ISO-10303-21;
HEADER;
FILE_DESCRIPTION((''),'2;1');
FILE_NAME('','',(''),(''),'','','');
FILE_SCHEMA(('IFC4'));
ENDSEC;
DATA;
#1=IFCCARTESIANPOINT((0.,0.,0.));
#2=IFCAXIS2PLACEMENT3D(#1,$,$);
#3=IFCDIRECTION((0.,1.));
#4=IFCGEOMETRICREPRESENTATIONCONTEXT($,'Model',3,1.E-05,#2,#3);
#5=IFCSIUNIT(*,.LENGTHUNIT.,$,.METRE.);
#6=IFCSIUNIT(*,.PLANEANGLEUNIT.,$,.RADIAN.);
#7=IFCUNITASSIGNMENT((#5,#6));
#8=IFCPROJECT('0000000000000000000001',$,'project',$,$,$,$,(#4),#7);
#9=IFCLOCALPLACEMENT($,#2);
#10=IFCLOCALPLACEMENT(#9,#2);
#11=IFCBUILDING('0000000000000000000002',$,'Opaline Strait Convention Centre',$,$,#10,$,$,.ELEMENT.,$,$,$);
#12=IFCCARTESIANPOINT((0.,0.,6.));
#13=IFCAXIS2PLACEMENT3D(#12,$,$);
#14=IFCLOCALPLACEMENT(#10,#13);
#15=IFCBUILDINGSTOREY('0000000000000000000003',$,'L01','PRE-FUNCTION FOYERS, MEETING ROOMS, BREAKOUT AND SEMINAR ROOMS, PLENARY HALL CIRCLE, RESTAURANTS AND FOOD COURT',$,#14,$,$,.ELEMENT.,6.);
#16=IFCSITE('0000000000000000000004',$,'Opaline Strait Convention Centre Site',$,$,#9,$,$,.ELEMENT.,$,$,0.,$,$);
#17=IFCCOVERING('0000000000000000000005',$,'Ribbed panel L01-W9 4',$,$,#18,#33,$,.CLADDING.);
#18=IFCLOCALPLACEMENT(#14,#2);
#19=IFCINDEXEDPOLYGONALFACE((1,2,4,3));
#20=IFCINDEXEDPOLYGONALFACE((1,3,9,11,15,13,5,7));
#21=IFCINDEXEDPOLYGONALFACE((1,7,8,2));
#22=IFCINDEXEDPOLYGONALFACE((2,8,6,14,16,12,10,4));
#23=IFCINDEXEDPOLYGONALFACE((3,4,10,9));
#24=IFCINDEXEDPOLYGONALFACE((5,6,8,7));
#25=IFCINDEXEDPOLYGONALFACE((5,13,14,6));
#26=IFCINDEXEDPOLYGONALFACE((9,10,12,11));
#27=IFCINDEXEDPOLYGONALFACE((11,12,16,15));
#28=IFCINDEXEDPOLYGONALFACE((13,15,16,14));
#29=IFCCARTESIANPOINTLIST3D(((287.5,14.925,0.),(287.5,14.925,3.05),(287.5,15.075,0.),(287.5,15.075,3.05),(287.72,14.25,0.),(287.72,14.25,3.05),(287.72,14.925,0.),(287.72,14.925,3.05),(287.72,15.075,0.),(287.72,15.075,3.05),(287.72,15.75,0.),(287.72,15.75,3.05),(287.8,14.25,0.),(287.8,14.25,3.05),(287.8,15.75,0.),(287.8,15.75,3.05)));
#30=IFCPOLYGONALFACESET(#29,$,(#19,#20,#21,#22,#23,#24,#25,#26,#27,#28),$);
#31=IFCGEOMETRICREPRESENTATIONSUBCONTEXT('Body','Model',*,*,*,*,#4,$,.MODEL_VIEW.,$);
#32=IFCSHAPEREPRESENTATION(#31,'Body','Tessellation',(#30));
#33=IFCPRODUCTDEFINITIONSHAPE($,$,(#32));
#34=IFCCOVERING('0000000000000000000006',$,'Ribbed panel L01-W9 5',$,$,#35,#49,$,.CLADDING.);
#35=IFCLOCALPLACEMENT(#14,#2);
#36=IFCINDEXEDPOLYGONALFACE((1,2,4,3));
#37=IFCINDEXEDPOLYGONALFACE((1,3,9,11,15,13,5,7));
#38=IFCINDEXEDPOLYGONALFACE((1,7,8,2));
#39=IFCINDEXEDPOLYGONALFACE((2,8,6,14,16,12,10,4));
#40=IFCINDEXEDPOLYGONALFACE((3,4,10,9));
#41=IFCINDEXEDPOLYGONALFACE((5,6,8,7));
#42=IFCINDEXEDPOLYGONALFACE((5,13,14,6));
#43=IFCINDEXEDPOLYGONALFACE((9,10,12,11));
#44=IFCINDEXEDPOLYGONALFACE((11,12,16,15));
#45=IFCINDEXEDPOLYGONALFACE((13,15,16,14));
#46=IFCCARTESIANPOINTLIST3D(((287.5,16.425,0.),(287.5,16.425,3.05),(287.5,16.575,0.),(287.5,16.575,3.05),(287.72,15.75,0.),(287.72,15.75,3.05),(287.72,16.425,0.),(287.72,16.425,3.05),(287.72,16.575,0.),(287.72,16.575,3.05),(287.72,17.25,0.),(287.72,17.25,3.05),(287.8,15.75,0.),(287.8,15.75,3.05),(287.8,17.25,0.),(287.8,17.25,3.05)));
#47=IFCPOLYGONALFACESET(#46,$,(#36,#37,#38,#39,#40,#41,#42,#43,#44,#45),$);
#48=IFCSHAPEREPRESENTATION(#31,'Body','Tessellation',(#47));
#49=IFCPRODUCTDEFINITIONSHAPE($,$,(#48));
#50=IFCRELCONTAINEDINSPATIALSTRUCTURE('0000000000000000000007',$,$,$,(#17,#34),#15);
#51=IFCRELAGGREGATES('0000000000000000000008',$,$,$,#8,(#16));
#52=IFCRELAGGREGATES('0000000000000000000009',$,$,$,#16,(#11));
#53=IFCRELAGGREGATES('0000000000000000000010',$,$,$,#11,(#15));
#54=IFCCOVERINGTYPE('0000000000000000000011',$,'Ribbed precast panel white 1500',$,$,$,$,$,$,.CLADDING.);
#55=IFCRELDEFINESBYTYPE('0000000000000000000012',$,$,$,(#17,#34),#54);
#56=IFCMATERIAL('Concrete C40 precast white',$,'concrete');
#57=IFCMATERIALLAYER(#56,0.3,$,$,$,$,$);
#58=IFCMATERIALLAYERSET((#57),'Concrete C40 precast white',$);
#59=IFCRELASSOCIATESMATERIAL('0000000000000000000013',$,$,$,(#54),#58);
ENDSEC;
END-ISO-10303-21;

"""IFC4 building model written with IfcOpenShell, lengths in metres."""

from ifc_helpers import new_model, si_unit, direction, frame, origin, place, context, subcontext, project, spatial, polyline, outline, extrude, material, layer, layer_set, type_object, element, save


model = new_model("IFC4")

# Units and contexts
model_context = context("Model", 3, precision=1e-05, world=origin(), true_north=direction((0.0, 1.0)))
body_context = subcontext(model_context, "Body", "Model", "MODEL_VIEW")
ifc_project = project(units=[si_unit("LENGTHUNIT", "METRE"), si_unit("PLANEANGLEUNIT", "RADIAN")], contexts=[model_context])

# Site, building, storey
site_placement = place(None, origin())
site = spatial("IfcSite", under=ifc_project, at=site_placement, Name="Opaline Strait Convention Centre Site", CompositionType="ELEMENT", RefElevation=0.0)
building_placement = place(site_placement, origin())
building = spatial("IfcBuilding", under=site, at=building_placement, Name="Opaline Strait Convention Centre", CompositionType="ELEMENT")
storey_placement = place(building_placement, frame((0.0, 0.0, 6.0)))
storey = spatial("IfcBuildingStorey", under=building, at=storey_placement, Name="L01", Description="PRE-FUNCTION FOYERS, MEETING ROOMS, BREAKOUT AND SEMINAR ROOMS, PLENARY HALL CIRCLE, RESTAURANTS AND FOOD COURT", CompositionType="ELEMENT", Elevation=6.0)

# Coverings
ifc_material_1 = material(Name="Concrete C40 precast white", Category="concrete")
ifc_layer_1 = layer(ifc_material_1, 0.3)
ifc_layer_set_1 = layer_set([ifc_layer_1], Name="Concrete C40 precast white")
covering_type = type_object("IfcCoveringType", Name="Ribbed precast panel white 1500", PredefinedType="CLADDING", material=ifc_layer_set_1)
covering_1_placement = place(storey_placement, origin())
element("IfcCovering", 1, at=covering_1_placement, inside=storey, type_object=covering_type, Name="Ribbed panel L01-W9 4", PredefinedType="CLADDING", context=body_context, shape_type="SweptSolid", body=[
    extrude(outline(polyline([(287.8, 14.25), (287.8, 15.75), (287.72, 15.75), (287.72, 15.075), (287.5, 15.075), (287.5, 14.925), (287.72, 14.925), (287.72, 14.25), (287.8, 14.25)])), origin(), (0.0, 0.0, 1.0), 3.05),
])
covering_2_placement = place(storey_placement, origin())
element("IfcCovering", 2, at=covering_2_placement, inside=storey, type_object=covering_type, Name="Ribbed panel L01-W9 5", PredefinedType="CLADDING", context=body_context, shape_type="SweptSolid", body=[
    extrude(outline(polyline([(287.8, 15.75), (287.8, 17.25), (287.72, 17.25), (287.72, 16.575), (287.5, 16.575), (287.5, 16.425), (287.72, 16.425), (287.72, 15.75), (287.8, 15.75)])), origin(), (0.0, 0.0, 1.0), 3.05),
])

save(model, "model.ifc")
